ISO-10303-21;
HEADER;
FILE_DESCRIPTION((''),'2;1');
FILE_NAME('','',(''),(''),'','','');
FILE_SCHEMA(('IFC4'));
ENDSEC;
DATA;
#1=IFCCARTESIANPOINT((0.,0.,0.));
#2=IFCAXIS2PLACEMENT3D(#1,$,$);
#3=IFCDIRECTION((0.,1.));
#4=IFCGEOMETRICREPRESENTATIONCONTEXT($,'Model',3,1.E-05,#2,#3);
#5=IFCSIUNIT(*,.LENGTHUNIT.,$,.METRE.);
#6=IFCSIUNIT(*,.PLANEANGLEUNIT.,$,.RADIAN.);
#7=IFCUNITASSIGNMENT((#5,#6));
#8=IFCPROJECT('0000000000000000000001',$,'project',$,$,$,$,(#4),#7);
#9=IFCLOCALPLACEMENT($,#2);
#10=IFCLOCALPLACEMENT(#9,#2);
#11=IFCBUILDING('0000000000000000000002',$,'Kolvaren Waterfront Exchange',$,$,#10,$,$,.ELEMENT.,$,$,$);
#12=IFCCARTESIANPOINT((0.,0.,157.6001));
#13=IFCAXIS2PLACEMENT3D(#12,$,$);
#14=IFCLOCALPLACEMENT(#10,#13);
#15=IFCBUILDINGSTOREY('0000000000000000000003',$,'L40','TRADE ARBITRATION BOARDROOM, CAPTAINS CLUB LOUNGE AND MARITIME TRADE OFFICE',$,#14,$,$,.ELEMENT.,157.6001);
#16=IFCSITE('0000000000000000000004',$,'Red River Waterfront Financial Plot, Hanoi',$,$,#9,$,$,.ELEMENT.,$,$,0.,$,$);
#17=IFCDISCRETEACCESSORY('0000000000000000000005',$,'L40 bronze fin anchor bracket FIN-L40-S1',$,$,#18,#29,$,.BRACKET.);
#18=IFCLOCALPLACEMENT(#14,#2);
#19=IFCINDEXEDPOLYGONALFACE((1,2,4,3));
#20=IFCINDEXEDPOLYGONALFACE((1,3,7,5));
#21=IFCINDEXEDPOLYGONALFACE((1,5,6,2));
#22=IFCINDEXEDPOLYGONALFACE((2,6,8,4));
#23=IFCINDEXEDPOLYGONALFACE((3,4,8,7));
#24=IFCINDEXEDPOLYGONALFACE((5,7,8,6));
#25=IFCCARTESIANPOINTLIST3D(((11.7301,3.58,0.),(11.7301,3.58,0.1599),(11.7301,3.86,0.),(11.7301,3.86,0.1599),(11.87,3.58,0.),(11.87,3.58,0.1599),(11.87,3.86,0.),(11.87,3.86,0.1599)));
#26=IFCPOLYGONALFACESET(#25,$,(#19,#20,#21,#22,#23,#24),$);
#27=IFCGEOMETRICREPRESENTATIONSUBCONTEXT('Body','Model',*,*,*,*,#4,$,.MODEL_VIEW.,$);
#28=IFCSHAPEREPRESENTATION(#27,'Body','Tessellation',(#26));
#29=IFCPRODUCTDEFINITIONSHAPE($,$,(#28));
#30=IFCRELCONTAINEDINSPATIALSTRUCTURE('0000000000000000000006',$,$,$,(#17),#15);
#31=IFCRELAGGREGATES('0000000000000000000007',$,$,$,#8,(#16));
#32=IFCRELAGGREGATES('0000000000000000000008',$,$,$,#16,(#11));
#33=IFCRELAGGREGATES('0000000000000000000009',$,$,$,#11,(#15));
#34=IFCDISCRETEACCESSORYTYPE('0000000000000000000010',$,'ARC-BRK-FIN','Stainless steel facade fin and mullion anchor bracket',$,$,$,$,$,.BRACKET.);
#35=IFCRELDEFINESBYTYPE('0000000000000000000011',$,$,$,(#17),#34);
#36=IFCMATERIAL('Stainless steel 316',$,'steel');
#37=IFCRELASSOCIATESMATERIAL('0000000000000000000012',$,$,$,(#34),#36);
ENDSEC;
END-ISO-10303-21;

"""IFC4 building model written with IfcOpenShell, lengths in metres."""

from ifc_helpers import new_model, si_unit, direction, frame, origin, origin_with_axes, origin_2d, place, context, subcontext, project, spatial, rectangle, extrude, source, transform, mapped, material, type_object, element, save


model = new_model("IFC4")

# Units and contexts
model_context = context("Model", 3, precision=1e-05, world=origin(), true_north=direction((0.0, 1.0)))
body_context = subcontext(model_context, "Body", "Model", "MODEL_VIEW")
ifc_project = project(units=[si_unit("LENGTHUNIT", "METRE"), si_unit("PLANEANGLEUNIT", "RADIAN")], contexts=[model_context])

# Site, building, storey
site_placement = place(None, origin())
site = spatial("IfcSite", under=ifc_project, at=site_placement, Name="Red River Waterfront Financial Plot, Hanoi", CompositionType="ELEMENT", RefElevation=0.0)
building_placement = place(site_placement, origin())
building = spatial("IfcBuilding", under=site, at=building_placement, Name="Kolvaren Waterfront Exchange", CompositionType="ELEMENT")
storey_placement = place(building_placement, frame((0.0, 0.0, 157.6001)))
storey = spatial("IfcBuildingStorey", under=building, at=storey_placement, Name="L40", Description="TRADE ARBITRATION BOARDROOM, CAPTAINS CLUB LOUNGE AND MARITIME TRADE OFFICE", CompositionType="ELEMENT", Elevation=157.6001)

# Shared definitions
ifc_material_1 = material(Name="Stainless steel 316", Category="steel")

# Discrete accessory
discrete_accessory_type = type_object("IfcDiscreteAccessoryType", Name="ARC-BRK-FIN", Description="Stainless steel facade fin and mullion anchor bracket", PredefinedType="BRACKET", material=ifc_material_1)
shared_shape_1 = source(origin_with_axes(), body_context, "Body", "SweptSolid", [
    extrude(rectangle(XDim=0.28, YDim=0.1399, at=origin_2d()), origin(), (0.0, 0.0, 1.0), 0.1599),
])
discrete_accessory_placement = place(storey_placement, frame((11.8, 3.72, 0.0), z_axis=(0.0, 0.0, 1.0), x_axis=(0.0, -1.0, 0.0)))
element("IfcDiscreteAccessory", 1, at=discrete_accessory_placement, inside=storey, type_object=discrete_accessory_type, Name="L40 bronze fin anchor bracket FIN-L40-S1", PredefinedType="BRACKET", context=body_context, shape_type="MappedRepresentation", body=[
    mapped(shared_shape_1, transform((0.0, 0.0, 0.0), x_axis=(1.0, 0.0, 0.0), y_axis=(0.0, 1.0, 0.0), z_axis=(0.0, 0.0, 1.0), scale=1.0)),
])

save(model, "model.ifc")
